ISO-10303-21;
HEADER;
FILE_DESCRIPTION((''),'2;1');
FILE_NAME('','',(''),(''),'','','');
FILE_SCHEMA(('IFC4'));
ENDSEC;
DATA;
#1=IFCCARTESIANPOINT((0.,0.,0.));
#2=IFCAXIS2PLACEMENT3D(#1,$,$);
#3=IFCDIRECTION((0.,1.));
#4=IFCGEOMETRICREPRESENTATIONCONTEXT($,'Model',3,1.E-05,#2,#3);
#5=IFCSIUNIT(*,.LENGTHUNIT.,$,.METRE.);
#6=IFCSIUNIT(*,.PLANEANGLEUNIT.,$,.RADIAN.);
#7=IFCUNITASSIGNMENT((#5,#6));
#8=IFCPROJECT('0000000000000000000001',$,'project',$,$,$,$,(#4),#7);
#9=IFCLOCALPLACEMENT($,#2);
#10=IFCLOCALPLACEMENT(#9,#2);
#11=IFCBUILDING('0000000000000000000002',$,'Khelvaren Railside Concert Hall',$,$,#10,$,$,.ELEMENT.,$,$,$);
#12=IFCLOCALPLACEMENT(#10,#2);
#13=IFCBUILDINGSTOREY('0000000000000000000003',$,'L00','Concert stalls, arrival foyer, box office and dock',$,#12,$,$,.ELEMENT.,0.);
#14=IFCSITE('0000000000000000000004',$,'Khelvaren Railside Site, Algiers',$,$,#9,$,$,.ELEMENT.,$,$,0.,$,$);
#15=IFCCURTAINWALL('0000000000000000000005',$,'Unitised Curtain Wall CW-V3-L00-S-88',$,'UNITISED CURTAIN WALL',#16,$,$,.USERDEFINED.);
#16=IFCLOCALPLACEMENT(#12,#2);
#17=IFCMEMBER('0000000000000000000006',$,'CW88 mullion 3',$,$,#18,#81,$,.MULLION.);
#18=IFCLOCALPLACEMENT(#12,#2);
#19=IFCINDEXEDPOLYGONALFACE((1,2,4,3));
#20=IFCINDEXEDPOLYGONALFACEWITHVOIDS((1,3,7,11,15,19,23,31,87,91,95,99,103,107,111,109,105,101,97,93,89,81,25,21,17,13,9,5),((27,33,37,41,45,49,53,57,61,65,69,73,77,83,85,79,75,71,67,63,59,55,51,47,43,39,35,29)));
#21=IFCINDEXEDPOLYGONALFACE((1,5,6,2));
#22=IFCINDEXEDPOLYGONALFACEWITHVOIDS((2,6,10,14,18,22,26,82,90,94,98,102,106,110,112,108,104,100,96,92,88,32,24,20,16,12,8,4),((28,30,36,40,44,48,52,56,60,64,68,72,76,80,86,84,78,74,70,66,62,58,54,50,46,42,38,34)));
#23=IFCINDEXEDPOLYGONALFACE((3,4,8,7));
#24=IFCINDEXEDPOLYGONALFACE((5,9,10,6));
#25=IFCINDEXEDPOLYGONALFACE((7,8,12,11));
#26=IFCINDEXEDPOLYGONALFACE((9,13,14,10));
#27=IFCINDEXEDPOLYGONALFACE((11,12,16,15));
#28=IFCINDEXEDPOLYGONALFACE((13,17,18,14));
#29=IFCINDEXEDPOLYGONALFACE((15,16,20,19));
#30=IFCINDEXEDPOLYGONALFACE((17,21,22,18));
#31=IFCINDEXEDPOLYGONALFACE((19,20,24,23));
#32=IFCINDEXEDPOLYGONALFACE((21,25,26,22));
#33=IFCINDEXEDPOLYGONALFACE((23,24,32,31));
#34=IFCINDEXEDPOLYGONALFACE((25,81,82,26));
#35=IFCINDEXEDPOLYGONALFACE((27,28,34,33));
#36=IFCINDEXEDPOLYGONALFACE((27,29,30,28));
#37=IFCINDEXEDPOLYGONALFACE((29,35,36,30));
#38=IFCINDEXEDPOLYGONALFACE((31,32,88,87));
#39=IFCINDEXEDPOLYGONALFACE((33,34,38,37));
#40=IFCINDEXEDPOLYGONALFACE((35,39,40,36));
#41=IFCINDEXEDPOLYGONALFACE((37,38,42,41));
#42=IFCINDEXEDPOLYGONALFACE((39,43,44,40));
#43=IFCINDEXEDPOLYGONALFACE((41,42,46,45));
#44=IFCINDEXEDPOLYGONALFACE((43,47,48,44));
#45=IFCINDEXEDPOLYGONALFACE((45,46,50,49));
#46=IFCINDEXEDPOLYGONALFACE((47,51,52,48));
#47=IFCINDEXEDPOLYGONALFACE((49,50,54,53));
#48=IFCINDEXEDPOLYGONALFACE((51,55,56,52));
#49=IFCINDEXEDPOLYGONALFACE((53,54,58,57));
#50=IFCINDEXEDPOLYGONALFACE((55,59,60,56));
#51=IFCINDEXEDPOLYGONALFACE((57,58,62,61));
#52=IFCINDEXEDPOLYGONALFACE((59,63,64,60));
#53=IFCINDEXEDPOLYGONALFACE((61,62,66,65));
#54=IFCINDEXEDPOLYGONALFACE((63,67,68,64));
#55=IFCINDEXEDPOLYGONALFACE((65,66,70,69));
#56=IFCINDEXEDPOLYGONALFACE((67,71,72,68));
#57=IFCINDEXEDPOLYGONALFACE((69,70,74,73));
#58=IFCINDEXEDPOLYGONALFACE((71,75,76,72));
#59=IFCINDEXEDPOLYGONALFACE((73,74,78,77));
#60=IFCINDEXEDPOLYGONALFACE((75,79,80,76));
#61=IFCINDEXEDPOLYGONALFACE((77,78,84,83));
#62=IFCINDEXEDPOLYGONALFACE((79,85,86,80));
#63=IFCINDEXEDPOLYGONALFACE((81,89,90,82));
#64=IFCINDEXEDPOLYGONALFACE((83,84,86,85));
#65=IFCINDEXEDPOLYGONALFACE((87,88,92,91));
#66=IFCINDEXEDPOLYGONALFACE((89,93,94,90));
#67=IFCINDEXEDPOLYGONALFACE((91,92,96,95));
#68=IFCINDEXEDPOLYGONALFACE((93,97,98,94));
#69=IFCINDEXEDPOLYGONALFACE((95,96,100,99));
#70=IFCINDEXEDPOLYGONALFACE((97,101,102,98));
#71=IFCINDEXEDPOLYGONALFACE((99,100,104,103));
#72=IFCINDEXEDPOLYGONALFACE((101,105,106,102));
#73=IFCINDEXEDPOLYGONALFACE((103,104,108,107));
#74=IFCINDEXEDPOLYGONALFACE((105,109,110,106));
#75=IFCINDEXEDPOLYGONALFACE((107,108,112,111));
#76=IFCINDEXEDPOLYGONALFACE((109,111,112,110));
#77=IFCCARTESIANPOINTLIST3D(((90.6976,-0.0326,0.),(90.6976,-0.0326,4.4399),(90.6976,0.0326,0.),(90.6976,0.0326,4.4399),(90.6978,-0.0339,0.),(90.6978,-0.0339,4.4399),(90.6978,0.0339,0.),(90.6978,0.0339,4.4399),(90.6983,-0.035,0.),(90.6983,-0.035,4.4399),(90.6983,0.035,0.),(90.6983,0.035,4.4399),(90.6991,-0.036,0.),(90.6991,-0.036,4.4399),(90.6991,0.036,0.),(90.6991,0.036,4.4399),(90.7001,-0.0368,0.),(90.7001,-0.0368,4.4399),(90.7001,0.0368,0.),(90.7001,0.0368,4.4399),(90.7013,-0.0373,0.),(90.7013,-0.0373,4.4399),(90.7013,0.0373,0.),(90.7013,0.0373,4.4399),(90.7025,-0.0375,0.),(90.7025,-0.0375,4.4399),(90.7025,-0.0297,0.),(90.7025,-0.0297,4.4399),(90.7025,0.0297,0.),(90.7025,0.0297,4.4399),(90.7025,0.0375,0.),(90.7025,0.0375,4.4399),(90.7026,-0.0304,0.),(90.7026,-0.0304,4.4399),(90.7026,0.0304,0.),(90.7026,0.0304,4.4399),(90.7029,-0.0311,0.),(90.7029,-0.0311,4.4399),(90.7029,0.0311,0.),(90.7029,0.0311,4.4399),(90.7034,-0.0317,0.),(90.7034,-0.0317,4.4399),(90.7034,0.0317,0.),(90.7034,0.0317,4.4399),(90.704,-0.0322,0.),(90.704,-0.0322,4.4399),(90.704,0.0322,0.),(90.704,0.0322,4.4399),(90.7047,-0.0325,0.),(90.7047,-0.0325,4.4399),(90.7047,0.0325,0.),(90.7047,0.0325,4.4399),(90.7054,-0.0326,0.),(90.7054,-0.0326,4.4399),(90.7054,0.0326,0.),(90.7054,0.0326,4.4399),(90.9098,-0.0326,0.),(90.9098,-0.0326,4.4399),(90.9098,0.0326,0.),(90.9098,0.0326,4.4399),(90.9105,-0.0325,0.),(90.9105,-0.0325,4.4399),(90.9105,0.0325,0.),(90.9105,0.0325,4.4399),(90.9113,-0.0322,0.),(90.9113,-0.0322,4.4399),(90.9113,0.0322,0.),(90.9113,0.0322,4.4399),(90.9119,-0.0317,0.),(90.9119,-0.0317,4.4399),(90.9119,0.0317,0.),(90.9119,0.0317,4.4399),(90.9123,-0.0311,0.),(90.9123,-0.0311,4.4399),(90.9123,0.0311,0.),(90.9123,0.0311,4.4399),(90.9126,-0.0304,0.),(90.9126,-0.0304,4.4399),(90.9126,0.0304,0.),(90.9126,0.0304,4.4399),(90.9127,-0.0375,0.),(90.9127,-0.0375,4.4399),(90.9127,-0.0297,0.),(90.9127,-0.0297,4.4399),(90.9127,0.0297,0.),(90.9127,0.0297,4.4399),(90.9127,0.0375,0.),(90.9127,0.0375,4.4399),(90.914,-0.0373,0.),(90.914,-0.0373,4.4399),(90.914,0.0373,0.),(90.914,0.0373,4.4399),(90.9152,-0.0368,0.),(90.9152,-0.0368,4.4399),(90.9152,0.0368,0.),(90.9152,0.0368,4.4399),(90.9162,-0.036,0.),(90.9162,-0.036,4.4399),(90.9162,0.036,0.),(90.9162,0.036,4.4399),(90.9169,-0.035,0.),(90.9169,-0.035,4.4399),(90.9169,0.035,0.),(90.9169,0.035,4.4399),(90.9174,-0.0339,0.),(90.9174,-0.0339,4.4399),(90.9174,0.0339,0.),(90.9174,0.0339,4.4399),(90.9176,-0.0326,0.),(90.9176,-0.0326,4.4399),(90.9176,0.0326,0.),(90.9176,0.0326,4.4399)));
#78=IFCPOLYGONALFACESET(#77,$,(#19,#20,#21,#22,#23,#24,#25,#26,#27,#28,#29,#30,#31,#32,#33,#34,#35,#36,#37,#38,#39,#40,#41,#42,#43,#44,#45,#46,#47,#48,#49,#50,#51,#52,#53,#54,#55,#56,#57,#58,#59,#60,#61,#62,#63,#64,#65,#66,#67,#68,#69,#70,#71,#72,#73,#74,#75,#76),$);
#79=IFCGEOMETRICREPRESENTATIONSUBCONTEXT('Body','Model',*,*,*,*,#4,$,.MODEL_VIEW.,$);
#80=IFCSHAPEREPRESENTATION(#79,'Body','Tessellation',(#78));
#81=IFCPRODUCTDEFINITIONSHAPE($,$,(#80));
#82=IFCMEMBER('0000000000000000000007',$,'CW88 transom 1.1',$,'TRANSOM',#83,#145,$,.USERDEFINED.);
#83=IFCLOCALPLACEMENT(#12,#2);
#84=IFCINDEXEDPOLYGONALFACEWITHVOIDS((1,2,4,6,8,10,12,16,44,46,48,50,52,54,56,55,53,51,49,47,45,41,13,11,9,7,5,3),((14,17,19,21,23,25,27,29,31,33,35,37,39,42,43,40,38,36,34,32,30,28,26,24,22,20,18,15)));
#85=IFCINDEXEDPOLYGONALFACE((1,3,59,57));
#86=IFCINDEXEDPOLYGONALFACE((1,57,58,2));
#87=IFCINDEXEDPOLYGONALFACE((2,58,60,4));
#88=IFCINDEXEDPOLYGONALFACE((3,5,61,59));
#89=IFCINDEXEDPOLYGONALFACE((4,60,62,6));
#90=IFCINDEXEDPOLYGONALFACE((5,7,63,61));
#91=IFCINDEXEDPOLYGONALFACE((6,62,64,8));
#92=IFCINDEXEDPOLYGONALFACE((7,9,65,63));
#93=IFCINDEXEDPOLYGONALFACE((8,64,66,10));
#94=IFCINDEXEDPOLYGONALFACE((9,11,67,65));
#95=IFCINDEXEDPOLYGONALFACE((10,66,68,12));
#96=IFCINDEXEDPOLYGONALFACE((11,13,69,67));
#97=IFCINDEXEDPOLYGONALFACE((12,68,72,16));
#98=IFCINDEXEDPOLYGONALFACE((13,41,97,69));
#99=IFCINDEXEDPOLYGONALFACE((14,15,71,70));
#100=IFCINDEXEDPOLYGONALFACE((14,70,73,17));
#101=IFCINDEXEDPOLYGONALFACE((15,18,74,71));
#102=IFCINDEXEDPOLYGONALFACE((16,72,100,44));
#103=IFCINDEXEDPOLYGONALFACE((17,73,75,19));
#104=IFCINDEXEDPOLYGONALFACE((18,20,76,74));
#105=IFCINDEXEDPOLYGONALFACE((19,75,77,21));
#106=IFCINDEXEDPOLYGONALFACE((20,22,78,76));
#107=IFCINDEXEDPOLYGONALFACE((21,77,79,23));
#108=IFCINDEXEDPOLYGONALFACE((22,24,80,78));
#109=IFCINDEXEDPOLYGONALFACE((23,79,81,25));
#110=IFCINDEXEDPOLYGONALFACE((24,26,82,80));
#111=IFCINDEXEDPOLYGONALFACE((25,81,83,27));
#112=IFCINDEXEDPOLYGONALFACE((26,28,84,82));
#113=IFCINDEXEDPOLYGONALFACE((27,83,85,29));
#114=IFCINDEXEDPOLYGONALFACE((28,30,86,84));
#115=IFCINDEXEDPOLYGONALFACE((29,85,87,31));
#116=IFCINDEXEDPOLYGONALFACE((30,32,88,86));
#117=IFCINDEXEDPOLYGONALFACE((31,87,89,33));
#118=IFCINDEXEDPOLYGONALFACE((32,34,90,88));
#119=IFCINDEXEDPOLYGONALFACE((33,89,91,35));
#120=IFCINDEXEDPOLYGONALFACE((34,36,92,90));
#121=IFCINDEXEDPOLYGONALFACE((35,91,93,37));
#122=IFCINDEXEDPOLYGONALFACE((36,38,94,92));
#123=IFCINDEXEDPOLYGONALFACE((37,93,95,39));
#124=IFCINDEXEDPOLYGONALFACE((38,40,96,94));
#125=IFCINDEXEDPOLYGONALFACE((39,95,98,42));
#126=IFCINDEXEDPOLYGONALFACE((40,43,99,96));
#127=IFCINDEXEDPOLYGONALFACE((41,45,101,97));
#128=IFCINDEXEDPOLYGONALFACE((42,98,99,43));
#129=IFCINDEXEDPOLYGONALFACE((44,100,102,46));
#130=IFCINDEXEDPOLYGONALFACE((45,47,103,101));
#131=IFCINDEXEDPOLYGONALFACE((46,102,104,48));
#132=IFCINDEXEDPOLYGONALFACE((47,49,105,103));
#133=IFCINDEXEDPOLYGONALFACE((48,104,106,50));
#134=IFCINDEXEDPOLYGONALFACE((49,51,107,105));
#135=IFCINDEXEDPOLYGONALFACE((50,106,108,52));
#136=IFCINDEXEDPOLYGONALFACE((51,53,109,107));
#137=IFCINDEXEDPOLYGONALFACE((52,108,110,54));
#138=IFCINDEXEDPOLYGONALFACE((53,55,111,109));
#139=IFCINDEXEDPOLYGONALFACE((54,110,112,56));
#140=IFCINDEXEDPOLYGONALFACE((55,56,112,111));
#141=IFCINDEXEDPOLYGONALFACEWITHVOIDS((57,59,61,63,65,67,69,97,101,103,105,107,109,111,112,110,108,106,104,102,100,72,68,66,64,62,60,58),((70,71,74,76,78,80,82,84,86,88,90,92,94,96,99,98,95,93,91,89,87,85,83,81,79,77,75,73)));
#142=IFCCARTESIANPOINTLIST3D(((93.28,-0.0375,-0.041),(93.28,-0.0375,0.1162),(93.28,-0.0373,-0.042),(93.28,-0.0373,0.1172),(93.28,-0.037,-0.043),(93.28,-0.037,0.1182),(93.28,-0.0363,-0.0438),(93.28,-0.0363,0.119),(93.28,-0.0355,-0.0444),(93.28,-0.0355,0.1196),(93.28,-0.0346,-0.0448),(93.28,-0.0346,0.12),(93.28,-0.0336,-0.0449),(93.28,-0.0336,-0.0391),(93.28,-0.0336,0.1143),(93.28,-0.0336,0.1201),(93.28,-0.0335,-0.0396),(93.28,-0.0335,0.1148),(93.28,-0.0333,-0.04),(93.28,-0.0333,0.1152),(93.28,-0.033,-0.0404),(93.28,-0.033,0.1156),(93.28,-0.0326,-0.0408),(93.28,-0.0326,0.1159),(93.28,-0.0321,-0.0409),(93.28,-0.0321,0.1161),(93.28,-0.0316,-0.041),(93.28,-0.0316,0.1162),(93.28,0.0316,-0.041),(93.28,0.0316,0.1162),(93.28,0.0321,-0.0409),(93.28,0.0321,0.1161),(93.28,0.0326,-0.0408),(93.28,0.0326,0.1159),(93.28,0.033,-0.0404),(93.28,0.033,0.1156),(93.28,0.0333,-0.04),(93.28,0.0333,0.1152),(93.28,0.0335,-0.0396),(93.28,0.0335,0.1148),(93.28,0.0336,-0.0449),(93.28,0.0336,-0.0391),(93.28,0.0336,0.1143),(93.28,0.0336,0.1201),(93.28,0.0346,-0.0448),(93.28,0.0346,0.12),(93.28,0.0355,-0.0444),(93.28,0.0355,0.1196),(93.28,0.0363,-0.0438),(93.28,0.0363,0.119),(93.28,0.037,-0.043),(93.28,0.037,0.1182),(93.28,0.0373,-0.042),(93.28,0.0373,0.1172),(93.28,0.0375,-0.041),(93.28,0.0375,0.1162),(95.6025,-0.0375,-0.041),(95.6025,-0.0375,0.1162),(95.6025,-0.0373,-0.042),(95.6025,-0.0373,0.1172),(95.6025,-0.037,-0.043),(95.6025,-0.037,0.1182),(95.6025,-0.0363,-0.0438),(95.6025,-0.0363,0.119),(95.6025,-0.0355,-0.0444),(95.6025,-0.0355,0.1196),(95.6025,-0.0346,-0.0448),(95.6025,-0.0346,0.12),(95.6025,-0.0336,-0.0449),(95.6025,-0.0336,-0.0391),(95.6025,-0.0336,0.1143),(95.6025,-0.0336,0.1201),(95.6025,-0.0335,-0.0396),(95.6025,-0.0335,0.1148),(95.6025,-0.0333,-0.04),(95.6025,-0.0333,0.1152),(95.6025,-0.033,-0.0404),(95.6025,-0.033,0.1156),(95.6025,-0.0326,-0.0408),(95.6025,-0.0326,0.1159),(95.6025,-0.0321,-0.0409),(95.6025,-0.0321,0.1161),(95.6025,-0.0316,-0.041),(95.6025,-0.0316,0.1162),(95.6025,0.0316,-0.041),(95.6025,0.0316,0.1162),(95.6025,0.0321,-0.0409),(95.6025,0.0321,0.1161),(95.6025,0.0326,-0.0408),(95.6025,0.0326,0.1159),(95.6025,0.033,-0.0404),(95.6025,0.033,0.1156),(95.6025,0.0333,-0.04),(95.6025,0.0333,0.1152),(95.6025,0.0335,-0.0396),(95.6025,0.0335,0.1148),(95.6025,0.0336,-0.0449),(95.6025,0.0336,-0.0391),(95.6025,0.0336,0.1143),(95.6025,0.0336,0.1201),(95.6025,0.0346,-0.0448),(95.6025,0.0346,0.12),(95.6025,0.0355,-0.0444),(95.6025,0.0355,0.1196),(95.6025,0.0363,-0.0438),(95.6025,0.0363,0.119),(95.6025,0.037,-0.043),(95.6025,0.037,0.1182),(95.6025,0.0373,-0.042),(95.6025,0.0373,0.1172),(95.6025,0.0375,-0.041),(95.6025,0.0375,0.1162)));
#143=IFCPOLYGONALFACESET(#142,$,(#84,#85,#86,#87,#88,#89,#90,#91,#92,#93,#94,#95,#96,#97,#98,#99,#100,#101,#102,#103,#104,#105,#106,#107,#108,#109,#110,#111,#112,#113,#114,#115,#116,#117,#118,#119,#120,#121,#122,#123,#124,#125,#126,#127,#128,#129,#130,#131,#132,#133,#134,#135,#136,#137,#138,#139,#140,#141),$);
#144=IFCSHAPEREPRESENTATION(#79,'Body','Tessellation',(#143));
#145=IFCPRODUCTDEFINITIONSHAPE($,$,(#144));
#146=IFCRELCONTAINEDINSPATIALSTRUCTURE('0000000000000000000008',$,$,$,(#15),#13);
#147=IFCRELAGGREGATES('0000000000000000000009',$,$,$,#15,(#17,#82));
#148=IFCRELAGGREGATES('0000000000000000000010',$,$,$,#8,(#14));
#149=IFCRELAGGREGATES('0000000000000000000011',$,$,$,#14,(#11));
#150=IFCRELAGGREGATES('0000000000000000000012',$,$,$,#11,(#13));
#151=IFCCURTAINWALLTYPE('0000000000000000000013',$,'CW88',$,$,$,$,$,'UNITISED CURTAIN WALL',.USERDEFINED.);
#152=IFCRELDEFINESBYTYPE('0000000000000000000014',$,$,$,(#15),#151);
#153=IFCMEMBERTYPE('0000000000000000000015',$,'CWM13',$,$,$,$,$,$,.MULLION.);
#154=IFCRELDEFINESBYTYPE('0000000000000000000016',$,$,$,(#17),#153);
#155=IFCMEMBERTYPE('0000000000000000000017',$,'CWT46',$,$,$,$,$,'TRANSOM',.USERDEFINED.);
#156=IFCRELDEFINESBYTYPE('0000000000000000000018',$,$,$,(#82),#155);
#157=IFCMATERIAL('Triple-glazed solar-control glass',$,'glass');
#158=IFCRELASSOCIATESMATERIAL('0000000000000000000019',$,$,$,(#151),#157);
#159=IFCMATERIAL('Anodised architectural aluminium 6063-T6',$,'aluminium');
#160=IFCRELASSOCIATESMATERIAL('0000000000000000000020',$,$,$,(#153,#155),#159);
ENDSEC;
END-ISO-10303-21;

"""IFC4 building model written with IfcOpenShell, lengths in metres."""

from ifc_helpers import new_model, si_unit, direction, frame, origin, origin_2d, place, context, subcontext, project, spatial, hollow_rectangle, extrude, material, material_profile, profile_set, type_object, element, aggregate, save


model = new_model("IFC4")

# Units and contexts
model_context = context("Model", 3, precision=1e-05, world=origin(), true_north=direction((0.0, 1.0)))
body_context = subcontext(model_context, "Body", "Model", "MODEL_VIEW")
ifc_project = project(units=[si_unit("LENGTHUNIT", "METRE"), si_unit("PLANEANGLEUNIT", "RADIAN")], contexts=[model_context])

# Site, building, storey
site_placement = place(None, origin())
site = spatial("IfcSite", under=ifc_project, at=site_placement, Name="Khelvaren Railside Site, Algiers", CompositionType="ELEMENT", RefElevation=0.0)
building_placement = place(site_placement, origin())
building = spatial("IfcBuilding", under=site, at=building_placement, Name="Khelvaren Railside Concert Hall", CompositionType="ELEMENT")
storey_placement = place(building_placement, origin())
storey = spatial("IfcBuildingStorey", under=building, at=storey_placement, Name="L00", Description="Concert stalls, arrival foyer, box office and dock", CompositionType="ELEMENT", Elevation=0.0)

# Curtain wall, members
ifc_material_1 = material(Name="Triple-glazed solar-control glass", Category="glass")
curtain_wall_type = type_object("IfcCurtainWallType", Name="CW88", ElementType="UNITISED CURTAIN WALL", PredefinedType="USERDEFINED", material=ifc_material_1)
curtain_wall_placement = place(storey_placement, origin())
curtain_wall = element("IfcCurtainWall", 1, at=curtain_wall_placement, inside=storey, type_object=curtain_wall_type, Name="Unitised Curtain Wall CW-V3-L00-S-88", ObjectType="UNITISED CURTAIN WALL", PredefinedType="USERDEFINED")
ifc_material_2 = material(Name="Anodised architectural aluminium 6063-T6", Category="aluminium")
ifc_material_profile_1 = material_profile(ifc_material_2, hollow_rectangle(XDim=0.075, YDim=0.22, WallThickness=0.0049, InnerFilletRadius=0.0029, OuterFilletRadius=0.0049, at=origin_2d()), Name="CWM 75x220x5")
ifc_profile_set_1 = profile_set([ifc_material_profile_1], Name="Anodised architectural aluminium 6063-T6")
member_type_1 = type_object("IfcMemberType", Name="CWM13", PredefinedType="MULLION", material=ifc_profile_set_1)
member_1_placement = place(storey_placement, frame((90.8076, 0.0, 0.0), z_axis=(0.0, 0.0, 1.0), x_axis=(0.0, -1.0, 0.0)))
member_1 = element("IfcMember", 2, at=member_1_placement, type_object=member_type_1, Name="CW88 mullion 3", PredefinedType="MULLION", context=body_context, shape_type="SweptSolid", body=[
    extrude(hollow_rectangle(XDim=0.075, YDim=0.22, WallThickness=0.0049, InnerFilletRadius=0.0029, OuterFilletRadius=0.0049, at=origin_2d()), origin(), (0.0, 0.0, 1.0), 4.4399),
])
ifc_material_profile_2 = material_profile(ifc_material_2, hollow_rectangle(XDim=0.075, YDim=0.165, WallThickness=0.0039, InnerFilletRadius=0.002, OuterFilletRadius=0.0039, at=origin_2d()), Name="CWT 75x165x4")
ifc_profile_set_2 = profile_set([ifc_material_profile_2], Name="Anodised architectural aluminium 6063-T6")
member_type_2 = type_object("IfcMemberType", Name="CWT46", ElementType="TRANSOM", PredefinedType="USERDEFINED", material=ifc_profile_set_2)
member_2_placement = place(storey_placement, frame((95.6025, 0.0, 0.0376), z_axis=(-1.0, 0.0, 0.0), x_axis=(0.0, -1.0, 0.0)))
member_2 = element("IfcMember", 3, at=member_2_placement, type_object=member_type_2, Name="CW88 transom 1.1", ObjectType="TRANSOM", PredefinedType="USERDEFINED", context=body_context, shape_type="SweptSolid", body=[
    extrude(hollow_rectangle(XDim=0.075, YDim=0.165, WallThickness=0.0039, InnerFilletRadius=0.002, OuterFilletRadius=0.0039, at=origin_2d()), origin(), (0.0, 0.0, 1.0), 2.3225),
])

aggregate(curtain_wall, [member_1, member_2])

save(model, "model.ifc")
